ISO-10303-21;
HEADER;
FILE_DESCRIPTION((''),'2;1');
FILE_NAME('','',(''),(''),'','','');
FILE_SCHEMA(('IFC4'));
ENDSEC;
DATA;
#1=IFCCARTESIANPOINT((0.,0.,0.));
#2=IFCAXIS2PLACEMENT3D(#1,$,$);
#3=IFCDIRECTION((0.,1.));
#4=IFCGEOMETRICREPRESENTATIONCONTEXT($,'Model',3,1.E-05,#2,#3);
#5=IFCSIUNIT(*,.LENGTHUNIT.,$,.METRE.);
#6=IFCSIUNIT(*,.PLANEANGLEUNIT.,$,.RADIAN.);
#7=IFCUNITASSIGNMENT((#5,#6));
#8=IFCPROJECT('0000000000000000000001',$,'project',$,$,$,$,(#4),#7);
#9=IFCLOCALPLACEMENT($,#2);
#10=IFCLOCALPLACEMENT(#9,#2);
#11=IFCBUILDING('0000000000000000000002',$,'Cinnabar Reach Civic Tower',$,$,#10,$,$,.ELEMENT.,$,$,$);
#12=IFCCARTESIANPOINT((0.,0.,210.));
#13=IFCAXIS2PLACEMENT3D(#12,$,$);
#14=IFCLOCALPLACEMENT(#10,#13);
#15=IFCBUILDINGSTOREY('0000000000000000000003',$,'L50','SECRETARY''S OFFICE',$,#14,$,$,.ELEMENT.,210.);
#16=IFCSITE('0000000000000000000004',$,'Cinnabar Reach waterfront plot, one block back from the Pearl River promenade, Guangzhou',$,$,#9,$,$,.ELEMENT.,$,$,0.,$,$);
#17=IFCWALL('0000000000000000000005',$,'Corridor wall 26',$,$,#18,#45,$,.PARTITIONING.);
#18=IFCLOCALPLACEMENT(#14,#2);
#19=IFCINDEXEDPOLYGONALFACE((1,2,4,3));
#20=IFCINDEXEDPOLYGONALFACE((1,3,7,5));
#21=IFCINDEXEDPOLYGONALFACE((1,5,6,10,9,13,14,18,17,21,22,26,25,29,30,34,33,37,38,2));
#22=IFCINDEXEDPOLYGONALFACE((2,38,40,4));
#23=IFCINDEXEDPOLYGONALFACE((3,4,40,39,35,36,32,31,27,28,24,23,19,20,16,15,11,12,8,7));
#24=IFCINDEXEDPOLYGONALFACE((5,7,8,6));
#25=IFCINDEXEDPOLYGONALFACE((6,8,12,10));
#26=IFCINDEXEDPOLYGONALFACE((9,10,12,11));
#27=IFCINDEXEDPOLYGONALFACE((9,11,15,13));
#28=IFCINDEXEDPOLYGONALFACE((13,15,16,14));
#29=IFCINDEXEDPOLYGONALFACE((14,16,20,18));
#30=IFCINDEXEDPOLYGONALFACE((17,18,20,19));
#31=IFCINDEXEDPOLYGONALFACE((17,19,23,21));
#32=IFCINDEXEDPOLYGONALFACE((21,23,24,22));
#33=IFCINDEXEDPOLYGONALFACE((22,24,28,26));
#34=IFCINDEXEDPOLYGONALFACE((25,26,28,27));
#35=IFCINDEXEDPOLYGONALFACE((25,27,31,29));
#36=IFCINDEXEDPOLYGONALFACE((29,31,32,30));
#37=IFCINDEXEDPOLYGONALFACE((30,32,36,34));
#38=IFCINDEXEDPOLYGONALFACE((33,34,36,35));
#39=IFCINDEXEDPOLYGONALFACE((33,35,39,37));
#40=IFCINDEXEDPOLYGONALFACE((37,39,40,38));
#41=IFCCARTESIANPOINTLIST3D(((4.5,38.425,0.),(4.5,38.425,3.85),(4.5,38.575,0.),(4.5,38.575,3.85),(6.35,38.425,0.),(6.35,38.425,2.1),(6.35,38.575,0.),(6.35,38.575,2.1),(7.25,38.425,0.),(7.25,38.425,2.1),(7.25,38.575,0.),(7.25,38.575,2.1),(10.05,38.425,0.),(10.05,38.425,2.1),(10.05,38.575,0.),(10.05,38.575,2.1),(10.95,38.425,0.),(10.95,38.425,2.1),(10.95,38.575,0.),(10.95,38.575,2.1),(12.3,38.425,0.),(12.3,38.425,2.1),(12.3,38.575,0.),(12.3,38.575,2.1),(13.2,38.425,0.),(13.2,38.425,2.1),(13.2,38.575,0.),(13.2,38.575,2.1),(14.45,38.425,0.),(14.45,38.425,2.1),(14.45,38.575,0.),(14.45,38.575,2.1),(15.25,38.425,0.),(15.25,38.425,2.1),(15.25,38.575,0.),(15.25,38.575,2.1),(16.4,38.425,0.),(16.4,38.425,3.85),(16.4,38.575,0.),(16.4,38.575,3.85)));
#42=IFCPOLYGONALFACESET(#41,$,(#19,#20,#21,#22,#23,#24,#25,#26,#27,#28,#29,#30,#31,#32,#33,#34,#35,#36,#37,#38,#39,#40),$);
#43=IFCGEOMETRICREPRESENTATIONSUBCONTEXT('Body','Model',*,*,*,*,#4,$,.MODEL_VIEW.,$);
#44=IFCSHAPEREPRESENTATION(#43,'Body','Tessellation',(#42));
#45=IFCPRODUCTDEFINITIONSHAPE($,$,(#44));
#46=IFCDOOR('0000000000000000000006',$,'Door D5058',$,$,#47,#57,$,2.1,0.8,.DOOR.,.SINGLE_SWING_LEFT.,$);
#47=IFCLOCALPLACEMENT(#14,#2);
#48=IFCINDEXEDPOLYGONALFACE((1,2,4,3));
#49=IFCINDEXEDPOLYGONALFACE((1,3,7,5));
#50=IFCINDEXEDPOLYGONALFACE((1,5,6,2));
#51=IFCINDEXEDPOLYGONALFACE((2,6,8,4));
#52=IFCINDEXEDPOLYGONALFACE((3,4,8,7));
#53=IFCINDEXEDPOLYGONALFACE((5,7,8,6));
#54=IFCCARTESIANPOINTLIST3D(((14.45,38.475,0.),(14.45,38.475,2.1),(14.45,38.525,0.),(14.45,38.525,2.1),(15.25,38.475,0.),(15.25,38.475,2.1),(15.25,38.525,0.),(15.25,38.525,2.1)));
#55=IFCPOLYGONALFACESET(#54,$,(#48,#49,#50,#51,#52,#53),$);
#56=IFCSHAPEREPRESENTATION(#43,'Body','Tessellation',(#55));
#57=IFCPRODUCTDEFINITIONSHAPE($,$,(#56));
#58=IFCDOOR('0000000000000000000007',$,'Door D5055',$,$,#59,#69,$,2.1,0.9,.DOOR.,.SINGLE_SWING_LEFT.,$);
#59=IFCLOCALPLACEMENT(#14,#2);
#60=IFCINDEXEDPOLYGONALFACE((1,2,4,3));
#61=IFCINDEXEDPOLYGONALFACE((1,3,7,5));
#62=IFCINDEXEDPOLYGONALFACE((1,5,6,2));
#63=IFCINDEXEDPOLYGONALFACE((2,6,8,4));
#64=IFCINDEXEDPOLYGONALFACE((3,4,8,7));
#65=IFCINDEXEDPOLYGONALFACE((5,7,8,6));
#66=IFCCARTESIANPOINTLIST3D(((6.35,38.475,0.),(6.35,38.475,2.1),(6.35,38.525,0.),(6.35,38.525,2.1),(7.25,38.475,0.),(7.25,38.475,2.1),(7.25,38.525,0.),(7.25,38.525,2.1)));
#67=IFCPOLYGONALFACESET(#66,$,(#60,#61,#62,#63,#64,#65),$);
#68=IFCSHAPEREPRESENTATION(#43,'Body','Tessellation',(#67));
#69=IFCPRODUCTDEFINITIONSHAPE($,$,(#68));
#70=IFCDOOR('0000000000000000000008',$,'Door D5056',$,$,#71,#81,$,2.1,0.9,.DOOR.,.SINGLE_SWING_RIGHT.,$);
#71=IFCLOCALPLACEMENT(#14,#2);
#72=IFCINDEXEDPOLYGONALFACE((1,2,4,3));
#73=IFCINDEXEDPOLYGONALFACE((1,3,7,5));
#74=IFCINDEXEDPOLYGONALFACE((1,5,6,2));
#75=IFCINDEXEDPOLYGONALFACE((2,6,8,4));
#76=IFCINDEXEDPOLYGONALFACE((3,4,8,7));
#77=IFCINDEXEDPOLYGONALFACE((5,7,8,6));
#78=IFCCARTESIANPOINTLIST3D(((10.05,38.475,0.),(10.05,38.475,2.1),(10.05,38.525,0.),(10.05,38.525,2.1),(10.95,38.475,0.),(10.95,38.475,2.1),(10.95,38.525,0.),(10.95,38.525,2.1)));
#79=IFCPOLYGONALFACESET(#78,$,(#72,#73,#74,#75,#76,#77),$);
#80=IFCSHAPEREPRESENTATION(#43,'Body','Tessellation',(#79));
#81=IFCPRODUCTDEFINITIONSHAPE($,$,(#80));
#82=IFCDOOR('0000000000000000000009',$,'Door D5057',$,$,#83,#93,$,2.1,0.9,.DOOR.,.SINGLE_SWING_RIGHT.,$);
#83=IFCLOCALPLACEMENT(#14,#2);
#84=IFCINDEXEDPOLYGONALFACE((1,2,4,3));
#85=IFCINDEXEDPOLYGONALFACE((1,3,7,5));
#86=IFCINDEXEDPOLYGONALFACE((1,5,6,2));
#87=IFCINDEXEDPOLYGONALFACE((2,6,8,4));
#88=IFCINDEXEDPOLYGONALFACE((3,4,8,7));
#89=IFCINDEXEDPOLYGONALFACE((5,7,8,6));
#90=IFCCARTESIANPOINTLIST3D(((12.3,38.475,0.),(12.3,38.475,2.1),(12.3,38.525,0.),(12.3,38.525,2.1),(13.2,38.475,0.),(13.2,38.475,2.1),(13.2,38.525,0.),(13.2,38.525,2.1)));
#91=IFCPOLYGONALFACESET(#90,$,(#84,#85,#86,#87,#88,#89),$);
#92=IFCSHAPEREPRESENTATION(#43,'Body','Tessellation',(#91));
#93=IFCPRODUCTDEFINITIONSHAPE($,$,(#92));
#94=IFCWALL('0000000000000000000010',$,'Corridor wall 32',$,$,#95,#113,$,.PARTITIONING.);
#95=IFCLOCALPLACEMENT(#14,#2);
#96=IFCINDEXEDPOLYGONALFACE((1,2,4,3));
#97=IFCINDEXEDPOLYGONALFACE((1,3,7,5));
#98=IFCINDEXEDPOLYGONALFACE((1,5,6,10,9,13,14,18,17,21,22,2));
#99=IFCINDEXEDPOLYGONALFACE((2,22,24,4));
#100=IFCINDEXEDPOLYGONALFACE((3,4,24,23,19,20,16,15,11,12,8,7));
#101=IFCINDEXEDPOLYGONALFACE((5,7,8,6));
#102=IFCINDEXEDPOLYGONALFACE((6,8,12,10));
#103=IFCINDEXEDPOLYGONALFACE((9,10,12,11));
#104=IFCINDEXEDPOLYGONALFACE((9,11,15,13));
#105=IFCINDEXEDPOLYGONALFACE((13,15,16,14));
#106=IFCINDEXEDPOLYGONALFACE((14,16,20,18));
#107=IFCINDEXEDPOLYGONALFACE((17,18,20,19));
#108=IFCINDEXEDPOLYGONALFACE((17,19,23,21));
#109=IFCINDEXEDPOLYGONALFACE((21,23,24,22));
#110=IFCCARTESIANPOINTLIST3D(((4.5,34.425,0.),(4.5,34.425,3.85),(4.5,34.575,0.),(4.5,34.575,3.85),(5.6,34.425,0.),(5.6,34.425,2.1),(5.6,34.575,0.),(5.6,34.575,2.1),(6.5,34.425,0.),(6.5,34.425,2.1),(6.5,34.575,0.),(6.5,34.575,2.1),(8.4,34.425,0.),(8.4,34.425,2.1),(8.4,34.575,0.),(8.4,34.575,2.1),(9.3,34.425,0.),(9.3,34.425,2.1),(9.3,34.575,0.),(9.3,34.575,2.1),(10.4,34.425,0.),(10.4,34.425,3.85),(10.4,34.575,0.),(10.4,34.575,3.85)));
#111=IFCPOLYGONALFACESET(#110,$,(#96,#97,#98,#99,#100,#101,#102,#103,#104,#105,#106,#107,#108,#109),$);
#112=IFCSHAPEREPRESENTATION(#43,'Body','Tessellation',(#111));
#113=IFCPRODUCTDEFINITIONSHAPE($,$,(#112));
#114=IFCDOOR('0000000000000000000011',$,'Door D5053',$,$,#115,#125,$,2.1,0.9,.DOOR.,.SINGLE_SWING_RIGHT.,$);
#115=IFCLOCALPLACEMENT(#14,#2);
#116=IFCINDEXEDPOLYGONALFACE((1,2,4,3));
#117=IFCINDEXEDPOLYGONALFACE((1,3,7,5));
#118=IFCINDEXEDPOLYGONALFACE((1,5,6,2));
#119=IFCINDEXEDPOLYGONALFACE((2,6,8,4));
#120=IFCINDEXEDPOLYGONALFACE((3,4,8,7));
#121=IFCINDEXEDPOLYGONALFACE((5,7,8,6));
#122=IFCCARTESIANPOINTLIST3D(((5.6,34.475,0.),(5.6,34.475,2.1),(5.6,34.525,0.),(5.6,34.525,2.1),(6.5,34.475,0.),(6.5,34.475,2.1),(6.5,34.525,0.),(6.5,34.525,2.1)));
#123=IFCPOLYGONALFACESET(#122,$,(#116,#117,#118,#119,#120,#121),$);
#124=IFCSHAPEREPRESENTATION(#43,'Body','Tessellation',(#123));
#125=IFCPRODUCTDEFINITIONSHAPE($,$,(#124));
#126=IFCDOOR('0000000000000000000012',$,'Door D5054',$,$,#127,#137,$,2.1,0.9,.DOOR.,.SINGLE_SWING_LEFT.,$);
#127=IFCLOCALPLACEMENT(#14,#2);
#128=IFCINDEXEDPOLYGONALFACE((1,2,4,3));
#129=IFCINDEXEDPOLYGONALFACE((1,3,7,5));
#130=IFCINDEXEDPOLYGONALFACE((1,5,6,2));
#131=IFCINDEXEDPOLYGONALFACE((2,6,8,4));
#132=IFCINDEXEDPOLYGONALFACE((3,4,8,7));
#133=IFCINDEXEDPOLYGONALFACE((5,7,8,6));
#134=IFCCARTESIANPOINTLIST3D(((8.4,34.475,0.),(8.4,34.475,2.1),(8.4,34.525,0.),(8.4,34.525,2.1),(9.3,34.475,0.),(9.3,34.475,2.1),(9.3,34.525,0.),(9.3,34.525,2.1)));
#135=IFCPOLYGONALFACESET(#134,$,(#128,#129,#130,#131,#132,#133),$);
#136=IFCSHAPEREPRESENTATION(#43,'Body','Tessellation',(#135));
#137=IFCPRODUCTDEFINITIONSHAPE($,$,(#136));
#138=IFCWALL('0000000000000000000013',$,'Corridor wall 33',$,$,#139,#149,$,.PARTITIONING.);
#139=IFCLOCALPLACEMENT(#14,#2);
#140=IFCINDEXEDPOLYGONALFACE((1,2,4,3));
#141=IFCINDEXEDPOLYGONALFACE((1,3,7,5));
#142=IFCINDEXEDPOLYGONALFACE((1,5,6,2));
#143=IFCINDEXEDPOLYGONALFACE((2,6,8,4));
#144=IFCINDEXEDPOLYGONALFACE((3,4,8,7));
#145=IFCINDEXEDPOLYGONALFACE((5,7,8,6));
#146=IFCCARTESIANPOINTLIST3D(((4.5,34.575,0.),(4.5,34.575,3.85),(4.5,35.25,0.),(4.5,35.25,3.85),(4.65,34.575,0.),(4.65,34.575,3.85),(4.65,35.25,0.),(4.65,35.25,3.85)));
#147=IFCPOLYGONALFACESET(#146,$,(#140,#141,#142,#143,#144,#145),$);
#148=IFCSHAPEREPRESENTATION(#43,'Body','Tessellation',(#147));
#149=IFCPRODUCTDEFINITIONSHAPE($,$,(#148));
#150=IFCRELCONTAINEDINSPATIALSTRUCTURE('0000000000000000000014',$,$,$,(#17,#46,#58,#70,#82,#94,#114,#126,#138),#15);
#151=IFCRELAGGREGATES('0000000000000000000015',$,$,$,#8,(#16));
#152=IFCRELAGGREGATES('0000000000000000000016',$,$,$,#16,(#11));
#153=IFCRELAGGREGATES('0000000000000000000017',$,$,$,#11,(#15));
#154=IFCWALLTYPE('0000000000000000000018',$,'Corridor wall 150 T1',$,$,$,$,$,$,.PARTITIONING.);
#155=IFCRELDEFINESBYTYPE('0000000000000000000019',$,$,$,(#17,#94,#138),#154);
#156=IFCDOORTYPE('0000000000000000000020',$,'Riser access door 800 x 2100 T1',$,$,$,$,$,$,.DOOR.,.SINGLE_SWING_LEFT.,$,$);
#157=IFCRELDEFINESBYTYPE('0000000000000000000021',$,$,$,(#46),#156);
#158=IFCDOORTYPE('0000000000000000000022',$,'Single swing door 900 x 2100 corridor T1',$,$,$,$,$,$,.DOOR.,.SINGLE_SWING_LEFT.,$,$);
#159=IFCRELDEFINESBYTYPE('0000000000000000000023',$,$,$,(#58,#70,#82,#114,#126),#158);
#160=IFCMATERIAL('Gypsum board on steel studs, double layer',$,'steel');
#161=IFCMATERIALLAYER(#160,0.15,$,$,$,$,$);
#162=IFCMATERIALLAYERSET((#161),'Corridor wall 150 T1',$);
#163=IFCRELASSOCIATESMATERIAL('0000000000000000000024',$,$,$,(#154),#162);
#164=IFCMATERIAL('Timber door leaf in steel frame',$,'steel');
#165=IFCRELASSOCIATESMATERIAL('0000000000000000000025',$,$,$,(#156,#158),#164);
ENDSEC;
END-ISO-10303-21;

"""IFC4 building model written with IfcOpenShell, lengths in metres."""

from ifc_helpers import new_model, si_unit, direction, frame, frame_2d, origin, place, context, subcontext, project, spatial, rectangle, extrude, material, layer, layer_set, type_object, element, fill, save


model = new_model("IFC4")

# Units and contexts
model_context = context("Model", 3, precision=1e-05, world=origin(), true_north=direction((0.0, 1.0)))
body_context = subcontext(model_context, "Body", "Model", "MODEL_VIEW")
ifc_project = project(units=[si_unit("LENGTHUNIT", "METRE"), si_unit("PLANEANGLEUNIT", "RADIAN")], contexts=[model_context])

# Site, building, storey
site_placement = place(None, origin())
site = spatial("IfcSite", under=ifc_project, at=site_placement, Name="Cinnabar Reach waterfront plot, one block back from the Pearl River promenade, Guangzhou", CompositionType="ELEMENT", RefElevation=0.0)
building_placement = place(site_placement, origin())
building = spatial("IfcBuilding", under=site, at=building_placement, Name="Cinnabar Reach Civic Tower", CompositionType="ELEMENT")
storey_placement = place(building_placement, frame((0.0, 0.0, 210.0)))
storey = spatial("IfcBuildingStorey", under=building, at=storey_placement, Name="L50", Description="SECRETARY'S OFFICE", CompositionType="ELEMENT", Elevation=210.0)

# Shared definitions
ifc_material_1 = material(Name="Timber door leaf in steel frame", Category="steel")

# Walls, openings, doors
ifc_material_2 = material(Name="Gypsum board on steel studs, double layer", Category="steel")
ifc_layer_1 = layer(ifc_material_2, 0.15)
ifc_layer_set_1 = layer_set([ifc_layer_1], Name="Corridor wall 150 T1")
wall_type_1 = type_object("IfcWallType", Name="Corridor wall 150 T1", PredefinedType="PARTITIONING", material=ifc_layer_set_1)
wall_1_placement = place(storey_placement, frame((4.5, 38.5, 0.0), z_axis=(0.0, 0.0, 1.0), x_axis=(1.0, 0.0, 0.0)))
wall_1 = element("IfcWall", 1, at=wall_1_placement, inside=storey, type_object=wall_type_1, Name="Corridor wall 26", PredefinedType="PARTITIONING", context=body_context, shape_type="SweptSolid", body=[
    extrude(rectangle(XDim=11.9, YDim=0.15, at=frame_2d((5.95, 0.0))), origin(), (0.0, 0.0, 1.0), 3.85),
])
opening_1_placement = place(wall_1_placement, frame((1.85, 0.0, 0.0)))
opening_1 = element("IfcOpeningElement", 2, at=opening_1_placement, cuts=wall_1, PredefinedType="OPENING", context=body_context, shape_type="SweptSolid", body=[
    extrude(rectangle(XDim=0.9, YDim=2.1, at=frame_2d((0.45, 1.05))), frame((0.0, 0.085, 0.0), z_axis=(0.0, -1.0, 0.0), x_axis=(1.0, 0.0, 0.0)), (0.0, 0.0, 1.0), 0.17),
])
opening_2_placement = place(wall_1_placement, frame((5.55, 0.0, 0.0)))
opening_2 = element("IfcOpeningElement", 3, at=opening_2_placement, cuts=wall_1, PredefinedType="OPENING", context=body_context, shape_type="SweptSolid", body=[
    extrude(rectangle(XDim=0.9, YDim=2.1, at=frame_2d((0.45, 1.05))), frame((0.0, 0.085, 0.0), z_axis=(0.0, -1.0, 0.0), x_axis=(1.0, 0.0, 0.0)), (0.0, 0.0, 1.0), 0.17),
])
opening_3_placement = place(wall_1_placement, frame((7.8, 0.0, 0.0)))
opening_3 = element("IfcOpeningElement", 4, at=opening_3_placement, cuts=wall_1, PredefinedType="OPENING", context=body_context, shape_type="SweptSolid", body=[
    extrude(rectangle(XDim=0.9, YDim=2.1, at=frame_2d((0.45, 1.05))), frame((0.0, 0.085, 0.0), z_axis=(0.0, -1.0, 0.0), x_axis=(1.0, 0.0, 0.0)), (0.0, 0.0, 1.0), 0.17),
])
opening_4_placement = place(wall_1_placement, frame((9.95, 0.0, 0.0)))
opening_4 = element("IfcOpeningElement", 5, at=opening_4_placement, cuts=wall_1, PredefinedType="OPENING", context=body_context, shape_type="SweptSolid", body=[
    extrude(rectangle(XDim=0.8, YDim=2.1, at=frame_2d((0.4, 1.05))), frame((0.0, 0.085, 0.0), z_axis=(0.0, -1.0, 0.0), x_axis=(1.0, 0.0, 0.0)), (0.0, 0.0, 1.0), 0.17),
])
door_type_1 = type_object("IfcDoorType", Name="Riser access door 800 x 2100 T1", OperationType="SINGLE_SWING_LEFT", PredefinedType="DOOR", material=ifc_material_1)
door_1_placement = place(opening_4_placement, origin())
door_1 = element("IfcDoor", 6, at=door_1_placement, inside=storey, type_object=door_type_1, Name="Door D5058", OperationType="SINGLE_SWING_LEFT", OverallHeight=2.1, OverallWidth=0.8, PredefinedType="DOOR", context=body_context, shape_type="SweptSolid", body=[
    extrude(rectangle(XDim=0.8, YDim=2.1, at=frame_2d((0.4, 1.05))), frame((0.0, 0.025, 0.0), z_axis=(0.0, -1.0, 0.0), x_axis=(1.0, 0.0, 0.0)), (0.0, 0.0, 1.0), 0.05),
])
fill(opening_4, door_1)
door_type_2 = type_object("IfcDoorType", Name="Single swing door 900 x 2100 corridor T1", OperationType="SINGLE_SWING_LEFT", PredefinedType="DOOR", material=ifc_material_1)
door_2_placement = place(opening_1_placement, origin())
door_2 = element("IfcDoor", 7, at=door_2_placement, inside=storey, type_object=door_type_2, Name="Door D5055", OperationType="SINGLE_SWING_LEFT", OverallHeight=2.1, OverallWidth=0.9, PredefinedType="DOOR", context=body_context, shape_type="SweptSolid", body=[
    extrude(rectangle(XDim=0.9, YDim=2.1, at=frame_2d((0.45, 1.05))), frame((0.0, 0.025, 0.0), z_axis=(0.0, -1.0, 0.0), x_axis=(1.0, 0.0, 0.0)), (0.0, 0.0, 1.0), 0.05),
])
fill(opening_1, door_2)
door_3_placement = place(opening_2_placement, origin())
door_3 = element("IfcDoor", 8, at=door_3_placement, inside=storey, type_object=door_type_2, Name="Door D5056", OperationType="SINGLE_SWING_RIGHT", OverallHeight=2.1, OverallWidth=0.9, PredefinedType="DOOR", context=body_context, shape_type="SweptSolid", body=[
    extrude(rectangle(XDim=0.9, YDim=2.1, at=frame_2d((0.45, 1.05))), frame((0.0, 0.025, 0.0), z_axis=(0.0, -1.0, 0.0), x_axis=(1.0, 0.0, 0.0)), (0.0, 0.0, 1.0), 0.05),
])
fill(opening_2, door_3)
door_4_placement = place(opening_3_placement, origin())
door_4 = element("IfcDoor", 9, at=door_4_placement, inside=storey, type_object=door_type_2, Name="Door D5057", OperationType="SINGLE_SWING_RIGHT", OverallHeight=2.1, OverallWidth=0.9, PredefinedType="DOOR", context=body_context, shape_type="SweptSolid", body=[
    extrude(rectangle(XDim=0.9, YDim=2.1, at=frame_2d((0.45, 1.05))), frame((0.0, 0.025, 0.0), z_axis=(0.0, -1.0, 0.0), x_axis=(1.0, 0.0, 0.0)), (0.0, 0.0, 1.0), 0.05),
])
fill(opening_3, door_4)
wall_2_placement = place(storey_placement, frame((4.5, 34.5, 0.0), z_axis=(0.0, 0.0, 1.0), x_axis=(1.0, 0.0, 0.0)))
wall_2 = element("IfcWall", 10, at=wall_2_placement, inside=storey, type_object=wall_type_1, Name="Corridor wall 32", PredefinedType="PARTITIONING", context=body_context, shape_type="SweptSolid", body=[
    extrude(rectangle(XDim=5.9, YDim=0.15, at=frame_2d((2.95, 0.0))), origin(), (0.0, 0.0, 1.0), 3.85),
])
opening_5_placement = place(wall_2_placement, frame((1.1, 0.0, 0.0)))
opening_5 = element("IfcOpeningElement", 11, at=opening_5_placement, cuts=wall_2, PredefinedType="OPENING", context=body_context, shape_type="SweptSolid", body=[
    extrude(rectangle(XDim=0.9, YDim=2.1, at=frame_2d((0.45, 1.05))), frame((0.0, 0.085, 0.0), z_axis=(0.0, -1.0, 0.0), x_axis=(1.0, 0.0, 0.0)), (0.0, 0.0, 1.0), 0.17),
])
opening_6_placement = place(wall_2_placement, frame((3.9, 0.0, 0.0)))
opening_6 = element("IfcOpeningElement", 12, at=opening_6_placement, cuts=wall_2, PredefinedType="OPENING", context=body_context, shape_type="SweptSolid", body=[
    extrude(rectangle(XDim=0.9, YDim=2.1, at=frame_2d((0.45, 1.05))), frame((0.0, 0.085, 0.0), z_axis=(0.0, -1.0, 0.0), x_axis=(1.0, 0.0, 0.0)), (0.0, 0.0, 1.0), 0.17),
])
door_5_placement = place(opening_5_placement, frame((0.9, 0.0, 0.0), z_axis=(0.0, 0.0, 1.0), x_axis=(-1.0, 0.0, 0.0)))
door_5 = element("IfcDoor", 13, at=door_5_placement, inside=storey, type_object=door_type_2, Name="Door D5053", OperationType="SINGLE_SWING_RIGHT", OverallHeight=2.1, OverallWidth=0.9, PredefinedType="DOOR", context=body_context, shape_type="SweptSolid", body=[
    extrude(rectangle(XDim=0.9, YDim=2.1, at=frame_2d((0.45, 1.05))), frame((0.0, 0.025, 0.0), z_axis=(0.0, -1.0, 0.0), x_axis=(1.0, 0.0, 0.0)), (0.0, 0.0, 1.0), 0.05),
])
fill(opening_5, door_5)
door_6_placement = place(opening_6_placement, frame((0.9, 0.0, 0.0), z_axis=(0.0, 0.0, 1.0), x_axis=(-1.0, 0.0, 0.0)))
door_6 = element("IfcDoor", 14, at=door_6_placement, inside=storey, type_object=door_type_2, Name="Door D5054", OperationType="SINGLE_SWING_LEFT", OverallHeight=2.1, OverallWidth=0.9, PredefinedType="DOOR", context=body_context, shape_type="SweptSolid", body=[
    extrude(rectangle(XDim=0.9, YDim=2.1, at=frame_2d((0.45, 1.05))), frame((0.0, 0.025, 0.0), z_axis=(0.0, -1.0, 0.0), x_axis=(1.0, 0.0, 0.0)), (0.0, 0.0, 1.0), 0.05),
])
fill(opening_6, door_6)

# Wall
wall_3_placement = place(storey_placement, frame((4.575, 34.575, 0.0), z_axis=(0.0, 0.0, 1.0), x_axis=(0.0, 1.0, 0.0)))
element("IfcWall", 15, at=wall_3_placement, inside=storey, type_object=wall_type_1, Name="Corridor wall 33", PredefinedType="PARTITIONING", context=body_context, shape_type="SweptSolid", body=[
    extrude(rectangle(XDim=0.675, YDim=0.15, at=frame_2d((0.3375, 0.0))), origin(), (0.0, 0.0, 1.0), 3.85),
])

save(model, "model.ifc")
